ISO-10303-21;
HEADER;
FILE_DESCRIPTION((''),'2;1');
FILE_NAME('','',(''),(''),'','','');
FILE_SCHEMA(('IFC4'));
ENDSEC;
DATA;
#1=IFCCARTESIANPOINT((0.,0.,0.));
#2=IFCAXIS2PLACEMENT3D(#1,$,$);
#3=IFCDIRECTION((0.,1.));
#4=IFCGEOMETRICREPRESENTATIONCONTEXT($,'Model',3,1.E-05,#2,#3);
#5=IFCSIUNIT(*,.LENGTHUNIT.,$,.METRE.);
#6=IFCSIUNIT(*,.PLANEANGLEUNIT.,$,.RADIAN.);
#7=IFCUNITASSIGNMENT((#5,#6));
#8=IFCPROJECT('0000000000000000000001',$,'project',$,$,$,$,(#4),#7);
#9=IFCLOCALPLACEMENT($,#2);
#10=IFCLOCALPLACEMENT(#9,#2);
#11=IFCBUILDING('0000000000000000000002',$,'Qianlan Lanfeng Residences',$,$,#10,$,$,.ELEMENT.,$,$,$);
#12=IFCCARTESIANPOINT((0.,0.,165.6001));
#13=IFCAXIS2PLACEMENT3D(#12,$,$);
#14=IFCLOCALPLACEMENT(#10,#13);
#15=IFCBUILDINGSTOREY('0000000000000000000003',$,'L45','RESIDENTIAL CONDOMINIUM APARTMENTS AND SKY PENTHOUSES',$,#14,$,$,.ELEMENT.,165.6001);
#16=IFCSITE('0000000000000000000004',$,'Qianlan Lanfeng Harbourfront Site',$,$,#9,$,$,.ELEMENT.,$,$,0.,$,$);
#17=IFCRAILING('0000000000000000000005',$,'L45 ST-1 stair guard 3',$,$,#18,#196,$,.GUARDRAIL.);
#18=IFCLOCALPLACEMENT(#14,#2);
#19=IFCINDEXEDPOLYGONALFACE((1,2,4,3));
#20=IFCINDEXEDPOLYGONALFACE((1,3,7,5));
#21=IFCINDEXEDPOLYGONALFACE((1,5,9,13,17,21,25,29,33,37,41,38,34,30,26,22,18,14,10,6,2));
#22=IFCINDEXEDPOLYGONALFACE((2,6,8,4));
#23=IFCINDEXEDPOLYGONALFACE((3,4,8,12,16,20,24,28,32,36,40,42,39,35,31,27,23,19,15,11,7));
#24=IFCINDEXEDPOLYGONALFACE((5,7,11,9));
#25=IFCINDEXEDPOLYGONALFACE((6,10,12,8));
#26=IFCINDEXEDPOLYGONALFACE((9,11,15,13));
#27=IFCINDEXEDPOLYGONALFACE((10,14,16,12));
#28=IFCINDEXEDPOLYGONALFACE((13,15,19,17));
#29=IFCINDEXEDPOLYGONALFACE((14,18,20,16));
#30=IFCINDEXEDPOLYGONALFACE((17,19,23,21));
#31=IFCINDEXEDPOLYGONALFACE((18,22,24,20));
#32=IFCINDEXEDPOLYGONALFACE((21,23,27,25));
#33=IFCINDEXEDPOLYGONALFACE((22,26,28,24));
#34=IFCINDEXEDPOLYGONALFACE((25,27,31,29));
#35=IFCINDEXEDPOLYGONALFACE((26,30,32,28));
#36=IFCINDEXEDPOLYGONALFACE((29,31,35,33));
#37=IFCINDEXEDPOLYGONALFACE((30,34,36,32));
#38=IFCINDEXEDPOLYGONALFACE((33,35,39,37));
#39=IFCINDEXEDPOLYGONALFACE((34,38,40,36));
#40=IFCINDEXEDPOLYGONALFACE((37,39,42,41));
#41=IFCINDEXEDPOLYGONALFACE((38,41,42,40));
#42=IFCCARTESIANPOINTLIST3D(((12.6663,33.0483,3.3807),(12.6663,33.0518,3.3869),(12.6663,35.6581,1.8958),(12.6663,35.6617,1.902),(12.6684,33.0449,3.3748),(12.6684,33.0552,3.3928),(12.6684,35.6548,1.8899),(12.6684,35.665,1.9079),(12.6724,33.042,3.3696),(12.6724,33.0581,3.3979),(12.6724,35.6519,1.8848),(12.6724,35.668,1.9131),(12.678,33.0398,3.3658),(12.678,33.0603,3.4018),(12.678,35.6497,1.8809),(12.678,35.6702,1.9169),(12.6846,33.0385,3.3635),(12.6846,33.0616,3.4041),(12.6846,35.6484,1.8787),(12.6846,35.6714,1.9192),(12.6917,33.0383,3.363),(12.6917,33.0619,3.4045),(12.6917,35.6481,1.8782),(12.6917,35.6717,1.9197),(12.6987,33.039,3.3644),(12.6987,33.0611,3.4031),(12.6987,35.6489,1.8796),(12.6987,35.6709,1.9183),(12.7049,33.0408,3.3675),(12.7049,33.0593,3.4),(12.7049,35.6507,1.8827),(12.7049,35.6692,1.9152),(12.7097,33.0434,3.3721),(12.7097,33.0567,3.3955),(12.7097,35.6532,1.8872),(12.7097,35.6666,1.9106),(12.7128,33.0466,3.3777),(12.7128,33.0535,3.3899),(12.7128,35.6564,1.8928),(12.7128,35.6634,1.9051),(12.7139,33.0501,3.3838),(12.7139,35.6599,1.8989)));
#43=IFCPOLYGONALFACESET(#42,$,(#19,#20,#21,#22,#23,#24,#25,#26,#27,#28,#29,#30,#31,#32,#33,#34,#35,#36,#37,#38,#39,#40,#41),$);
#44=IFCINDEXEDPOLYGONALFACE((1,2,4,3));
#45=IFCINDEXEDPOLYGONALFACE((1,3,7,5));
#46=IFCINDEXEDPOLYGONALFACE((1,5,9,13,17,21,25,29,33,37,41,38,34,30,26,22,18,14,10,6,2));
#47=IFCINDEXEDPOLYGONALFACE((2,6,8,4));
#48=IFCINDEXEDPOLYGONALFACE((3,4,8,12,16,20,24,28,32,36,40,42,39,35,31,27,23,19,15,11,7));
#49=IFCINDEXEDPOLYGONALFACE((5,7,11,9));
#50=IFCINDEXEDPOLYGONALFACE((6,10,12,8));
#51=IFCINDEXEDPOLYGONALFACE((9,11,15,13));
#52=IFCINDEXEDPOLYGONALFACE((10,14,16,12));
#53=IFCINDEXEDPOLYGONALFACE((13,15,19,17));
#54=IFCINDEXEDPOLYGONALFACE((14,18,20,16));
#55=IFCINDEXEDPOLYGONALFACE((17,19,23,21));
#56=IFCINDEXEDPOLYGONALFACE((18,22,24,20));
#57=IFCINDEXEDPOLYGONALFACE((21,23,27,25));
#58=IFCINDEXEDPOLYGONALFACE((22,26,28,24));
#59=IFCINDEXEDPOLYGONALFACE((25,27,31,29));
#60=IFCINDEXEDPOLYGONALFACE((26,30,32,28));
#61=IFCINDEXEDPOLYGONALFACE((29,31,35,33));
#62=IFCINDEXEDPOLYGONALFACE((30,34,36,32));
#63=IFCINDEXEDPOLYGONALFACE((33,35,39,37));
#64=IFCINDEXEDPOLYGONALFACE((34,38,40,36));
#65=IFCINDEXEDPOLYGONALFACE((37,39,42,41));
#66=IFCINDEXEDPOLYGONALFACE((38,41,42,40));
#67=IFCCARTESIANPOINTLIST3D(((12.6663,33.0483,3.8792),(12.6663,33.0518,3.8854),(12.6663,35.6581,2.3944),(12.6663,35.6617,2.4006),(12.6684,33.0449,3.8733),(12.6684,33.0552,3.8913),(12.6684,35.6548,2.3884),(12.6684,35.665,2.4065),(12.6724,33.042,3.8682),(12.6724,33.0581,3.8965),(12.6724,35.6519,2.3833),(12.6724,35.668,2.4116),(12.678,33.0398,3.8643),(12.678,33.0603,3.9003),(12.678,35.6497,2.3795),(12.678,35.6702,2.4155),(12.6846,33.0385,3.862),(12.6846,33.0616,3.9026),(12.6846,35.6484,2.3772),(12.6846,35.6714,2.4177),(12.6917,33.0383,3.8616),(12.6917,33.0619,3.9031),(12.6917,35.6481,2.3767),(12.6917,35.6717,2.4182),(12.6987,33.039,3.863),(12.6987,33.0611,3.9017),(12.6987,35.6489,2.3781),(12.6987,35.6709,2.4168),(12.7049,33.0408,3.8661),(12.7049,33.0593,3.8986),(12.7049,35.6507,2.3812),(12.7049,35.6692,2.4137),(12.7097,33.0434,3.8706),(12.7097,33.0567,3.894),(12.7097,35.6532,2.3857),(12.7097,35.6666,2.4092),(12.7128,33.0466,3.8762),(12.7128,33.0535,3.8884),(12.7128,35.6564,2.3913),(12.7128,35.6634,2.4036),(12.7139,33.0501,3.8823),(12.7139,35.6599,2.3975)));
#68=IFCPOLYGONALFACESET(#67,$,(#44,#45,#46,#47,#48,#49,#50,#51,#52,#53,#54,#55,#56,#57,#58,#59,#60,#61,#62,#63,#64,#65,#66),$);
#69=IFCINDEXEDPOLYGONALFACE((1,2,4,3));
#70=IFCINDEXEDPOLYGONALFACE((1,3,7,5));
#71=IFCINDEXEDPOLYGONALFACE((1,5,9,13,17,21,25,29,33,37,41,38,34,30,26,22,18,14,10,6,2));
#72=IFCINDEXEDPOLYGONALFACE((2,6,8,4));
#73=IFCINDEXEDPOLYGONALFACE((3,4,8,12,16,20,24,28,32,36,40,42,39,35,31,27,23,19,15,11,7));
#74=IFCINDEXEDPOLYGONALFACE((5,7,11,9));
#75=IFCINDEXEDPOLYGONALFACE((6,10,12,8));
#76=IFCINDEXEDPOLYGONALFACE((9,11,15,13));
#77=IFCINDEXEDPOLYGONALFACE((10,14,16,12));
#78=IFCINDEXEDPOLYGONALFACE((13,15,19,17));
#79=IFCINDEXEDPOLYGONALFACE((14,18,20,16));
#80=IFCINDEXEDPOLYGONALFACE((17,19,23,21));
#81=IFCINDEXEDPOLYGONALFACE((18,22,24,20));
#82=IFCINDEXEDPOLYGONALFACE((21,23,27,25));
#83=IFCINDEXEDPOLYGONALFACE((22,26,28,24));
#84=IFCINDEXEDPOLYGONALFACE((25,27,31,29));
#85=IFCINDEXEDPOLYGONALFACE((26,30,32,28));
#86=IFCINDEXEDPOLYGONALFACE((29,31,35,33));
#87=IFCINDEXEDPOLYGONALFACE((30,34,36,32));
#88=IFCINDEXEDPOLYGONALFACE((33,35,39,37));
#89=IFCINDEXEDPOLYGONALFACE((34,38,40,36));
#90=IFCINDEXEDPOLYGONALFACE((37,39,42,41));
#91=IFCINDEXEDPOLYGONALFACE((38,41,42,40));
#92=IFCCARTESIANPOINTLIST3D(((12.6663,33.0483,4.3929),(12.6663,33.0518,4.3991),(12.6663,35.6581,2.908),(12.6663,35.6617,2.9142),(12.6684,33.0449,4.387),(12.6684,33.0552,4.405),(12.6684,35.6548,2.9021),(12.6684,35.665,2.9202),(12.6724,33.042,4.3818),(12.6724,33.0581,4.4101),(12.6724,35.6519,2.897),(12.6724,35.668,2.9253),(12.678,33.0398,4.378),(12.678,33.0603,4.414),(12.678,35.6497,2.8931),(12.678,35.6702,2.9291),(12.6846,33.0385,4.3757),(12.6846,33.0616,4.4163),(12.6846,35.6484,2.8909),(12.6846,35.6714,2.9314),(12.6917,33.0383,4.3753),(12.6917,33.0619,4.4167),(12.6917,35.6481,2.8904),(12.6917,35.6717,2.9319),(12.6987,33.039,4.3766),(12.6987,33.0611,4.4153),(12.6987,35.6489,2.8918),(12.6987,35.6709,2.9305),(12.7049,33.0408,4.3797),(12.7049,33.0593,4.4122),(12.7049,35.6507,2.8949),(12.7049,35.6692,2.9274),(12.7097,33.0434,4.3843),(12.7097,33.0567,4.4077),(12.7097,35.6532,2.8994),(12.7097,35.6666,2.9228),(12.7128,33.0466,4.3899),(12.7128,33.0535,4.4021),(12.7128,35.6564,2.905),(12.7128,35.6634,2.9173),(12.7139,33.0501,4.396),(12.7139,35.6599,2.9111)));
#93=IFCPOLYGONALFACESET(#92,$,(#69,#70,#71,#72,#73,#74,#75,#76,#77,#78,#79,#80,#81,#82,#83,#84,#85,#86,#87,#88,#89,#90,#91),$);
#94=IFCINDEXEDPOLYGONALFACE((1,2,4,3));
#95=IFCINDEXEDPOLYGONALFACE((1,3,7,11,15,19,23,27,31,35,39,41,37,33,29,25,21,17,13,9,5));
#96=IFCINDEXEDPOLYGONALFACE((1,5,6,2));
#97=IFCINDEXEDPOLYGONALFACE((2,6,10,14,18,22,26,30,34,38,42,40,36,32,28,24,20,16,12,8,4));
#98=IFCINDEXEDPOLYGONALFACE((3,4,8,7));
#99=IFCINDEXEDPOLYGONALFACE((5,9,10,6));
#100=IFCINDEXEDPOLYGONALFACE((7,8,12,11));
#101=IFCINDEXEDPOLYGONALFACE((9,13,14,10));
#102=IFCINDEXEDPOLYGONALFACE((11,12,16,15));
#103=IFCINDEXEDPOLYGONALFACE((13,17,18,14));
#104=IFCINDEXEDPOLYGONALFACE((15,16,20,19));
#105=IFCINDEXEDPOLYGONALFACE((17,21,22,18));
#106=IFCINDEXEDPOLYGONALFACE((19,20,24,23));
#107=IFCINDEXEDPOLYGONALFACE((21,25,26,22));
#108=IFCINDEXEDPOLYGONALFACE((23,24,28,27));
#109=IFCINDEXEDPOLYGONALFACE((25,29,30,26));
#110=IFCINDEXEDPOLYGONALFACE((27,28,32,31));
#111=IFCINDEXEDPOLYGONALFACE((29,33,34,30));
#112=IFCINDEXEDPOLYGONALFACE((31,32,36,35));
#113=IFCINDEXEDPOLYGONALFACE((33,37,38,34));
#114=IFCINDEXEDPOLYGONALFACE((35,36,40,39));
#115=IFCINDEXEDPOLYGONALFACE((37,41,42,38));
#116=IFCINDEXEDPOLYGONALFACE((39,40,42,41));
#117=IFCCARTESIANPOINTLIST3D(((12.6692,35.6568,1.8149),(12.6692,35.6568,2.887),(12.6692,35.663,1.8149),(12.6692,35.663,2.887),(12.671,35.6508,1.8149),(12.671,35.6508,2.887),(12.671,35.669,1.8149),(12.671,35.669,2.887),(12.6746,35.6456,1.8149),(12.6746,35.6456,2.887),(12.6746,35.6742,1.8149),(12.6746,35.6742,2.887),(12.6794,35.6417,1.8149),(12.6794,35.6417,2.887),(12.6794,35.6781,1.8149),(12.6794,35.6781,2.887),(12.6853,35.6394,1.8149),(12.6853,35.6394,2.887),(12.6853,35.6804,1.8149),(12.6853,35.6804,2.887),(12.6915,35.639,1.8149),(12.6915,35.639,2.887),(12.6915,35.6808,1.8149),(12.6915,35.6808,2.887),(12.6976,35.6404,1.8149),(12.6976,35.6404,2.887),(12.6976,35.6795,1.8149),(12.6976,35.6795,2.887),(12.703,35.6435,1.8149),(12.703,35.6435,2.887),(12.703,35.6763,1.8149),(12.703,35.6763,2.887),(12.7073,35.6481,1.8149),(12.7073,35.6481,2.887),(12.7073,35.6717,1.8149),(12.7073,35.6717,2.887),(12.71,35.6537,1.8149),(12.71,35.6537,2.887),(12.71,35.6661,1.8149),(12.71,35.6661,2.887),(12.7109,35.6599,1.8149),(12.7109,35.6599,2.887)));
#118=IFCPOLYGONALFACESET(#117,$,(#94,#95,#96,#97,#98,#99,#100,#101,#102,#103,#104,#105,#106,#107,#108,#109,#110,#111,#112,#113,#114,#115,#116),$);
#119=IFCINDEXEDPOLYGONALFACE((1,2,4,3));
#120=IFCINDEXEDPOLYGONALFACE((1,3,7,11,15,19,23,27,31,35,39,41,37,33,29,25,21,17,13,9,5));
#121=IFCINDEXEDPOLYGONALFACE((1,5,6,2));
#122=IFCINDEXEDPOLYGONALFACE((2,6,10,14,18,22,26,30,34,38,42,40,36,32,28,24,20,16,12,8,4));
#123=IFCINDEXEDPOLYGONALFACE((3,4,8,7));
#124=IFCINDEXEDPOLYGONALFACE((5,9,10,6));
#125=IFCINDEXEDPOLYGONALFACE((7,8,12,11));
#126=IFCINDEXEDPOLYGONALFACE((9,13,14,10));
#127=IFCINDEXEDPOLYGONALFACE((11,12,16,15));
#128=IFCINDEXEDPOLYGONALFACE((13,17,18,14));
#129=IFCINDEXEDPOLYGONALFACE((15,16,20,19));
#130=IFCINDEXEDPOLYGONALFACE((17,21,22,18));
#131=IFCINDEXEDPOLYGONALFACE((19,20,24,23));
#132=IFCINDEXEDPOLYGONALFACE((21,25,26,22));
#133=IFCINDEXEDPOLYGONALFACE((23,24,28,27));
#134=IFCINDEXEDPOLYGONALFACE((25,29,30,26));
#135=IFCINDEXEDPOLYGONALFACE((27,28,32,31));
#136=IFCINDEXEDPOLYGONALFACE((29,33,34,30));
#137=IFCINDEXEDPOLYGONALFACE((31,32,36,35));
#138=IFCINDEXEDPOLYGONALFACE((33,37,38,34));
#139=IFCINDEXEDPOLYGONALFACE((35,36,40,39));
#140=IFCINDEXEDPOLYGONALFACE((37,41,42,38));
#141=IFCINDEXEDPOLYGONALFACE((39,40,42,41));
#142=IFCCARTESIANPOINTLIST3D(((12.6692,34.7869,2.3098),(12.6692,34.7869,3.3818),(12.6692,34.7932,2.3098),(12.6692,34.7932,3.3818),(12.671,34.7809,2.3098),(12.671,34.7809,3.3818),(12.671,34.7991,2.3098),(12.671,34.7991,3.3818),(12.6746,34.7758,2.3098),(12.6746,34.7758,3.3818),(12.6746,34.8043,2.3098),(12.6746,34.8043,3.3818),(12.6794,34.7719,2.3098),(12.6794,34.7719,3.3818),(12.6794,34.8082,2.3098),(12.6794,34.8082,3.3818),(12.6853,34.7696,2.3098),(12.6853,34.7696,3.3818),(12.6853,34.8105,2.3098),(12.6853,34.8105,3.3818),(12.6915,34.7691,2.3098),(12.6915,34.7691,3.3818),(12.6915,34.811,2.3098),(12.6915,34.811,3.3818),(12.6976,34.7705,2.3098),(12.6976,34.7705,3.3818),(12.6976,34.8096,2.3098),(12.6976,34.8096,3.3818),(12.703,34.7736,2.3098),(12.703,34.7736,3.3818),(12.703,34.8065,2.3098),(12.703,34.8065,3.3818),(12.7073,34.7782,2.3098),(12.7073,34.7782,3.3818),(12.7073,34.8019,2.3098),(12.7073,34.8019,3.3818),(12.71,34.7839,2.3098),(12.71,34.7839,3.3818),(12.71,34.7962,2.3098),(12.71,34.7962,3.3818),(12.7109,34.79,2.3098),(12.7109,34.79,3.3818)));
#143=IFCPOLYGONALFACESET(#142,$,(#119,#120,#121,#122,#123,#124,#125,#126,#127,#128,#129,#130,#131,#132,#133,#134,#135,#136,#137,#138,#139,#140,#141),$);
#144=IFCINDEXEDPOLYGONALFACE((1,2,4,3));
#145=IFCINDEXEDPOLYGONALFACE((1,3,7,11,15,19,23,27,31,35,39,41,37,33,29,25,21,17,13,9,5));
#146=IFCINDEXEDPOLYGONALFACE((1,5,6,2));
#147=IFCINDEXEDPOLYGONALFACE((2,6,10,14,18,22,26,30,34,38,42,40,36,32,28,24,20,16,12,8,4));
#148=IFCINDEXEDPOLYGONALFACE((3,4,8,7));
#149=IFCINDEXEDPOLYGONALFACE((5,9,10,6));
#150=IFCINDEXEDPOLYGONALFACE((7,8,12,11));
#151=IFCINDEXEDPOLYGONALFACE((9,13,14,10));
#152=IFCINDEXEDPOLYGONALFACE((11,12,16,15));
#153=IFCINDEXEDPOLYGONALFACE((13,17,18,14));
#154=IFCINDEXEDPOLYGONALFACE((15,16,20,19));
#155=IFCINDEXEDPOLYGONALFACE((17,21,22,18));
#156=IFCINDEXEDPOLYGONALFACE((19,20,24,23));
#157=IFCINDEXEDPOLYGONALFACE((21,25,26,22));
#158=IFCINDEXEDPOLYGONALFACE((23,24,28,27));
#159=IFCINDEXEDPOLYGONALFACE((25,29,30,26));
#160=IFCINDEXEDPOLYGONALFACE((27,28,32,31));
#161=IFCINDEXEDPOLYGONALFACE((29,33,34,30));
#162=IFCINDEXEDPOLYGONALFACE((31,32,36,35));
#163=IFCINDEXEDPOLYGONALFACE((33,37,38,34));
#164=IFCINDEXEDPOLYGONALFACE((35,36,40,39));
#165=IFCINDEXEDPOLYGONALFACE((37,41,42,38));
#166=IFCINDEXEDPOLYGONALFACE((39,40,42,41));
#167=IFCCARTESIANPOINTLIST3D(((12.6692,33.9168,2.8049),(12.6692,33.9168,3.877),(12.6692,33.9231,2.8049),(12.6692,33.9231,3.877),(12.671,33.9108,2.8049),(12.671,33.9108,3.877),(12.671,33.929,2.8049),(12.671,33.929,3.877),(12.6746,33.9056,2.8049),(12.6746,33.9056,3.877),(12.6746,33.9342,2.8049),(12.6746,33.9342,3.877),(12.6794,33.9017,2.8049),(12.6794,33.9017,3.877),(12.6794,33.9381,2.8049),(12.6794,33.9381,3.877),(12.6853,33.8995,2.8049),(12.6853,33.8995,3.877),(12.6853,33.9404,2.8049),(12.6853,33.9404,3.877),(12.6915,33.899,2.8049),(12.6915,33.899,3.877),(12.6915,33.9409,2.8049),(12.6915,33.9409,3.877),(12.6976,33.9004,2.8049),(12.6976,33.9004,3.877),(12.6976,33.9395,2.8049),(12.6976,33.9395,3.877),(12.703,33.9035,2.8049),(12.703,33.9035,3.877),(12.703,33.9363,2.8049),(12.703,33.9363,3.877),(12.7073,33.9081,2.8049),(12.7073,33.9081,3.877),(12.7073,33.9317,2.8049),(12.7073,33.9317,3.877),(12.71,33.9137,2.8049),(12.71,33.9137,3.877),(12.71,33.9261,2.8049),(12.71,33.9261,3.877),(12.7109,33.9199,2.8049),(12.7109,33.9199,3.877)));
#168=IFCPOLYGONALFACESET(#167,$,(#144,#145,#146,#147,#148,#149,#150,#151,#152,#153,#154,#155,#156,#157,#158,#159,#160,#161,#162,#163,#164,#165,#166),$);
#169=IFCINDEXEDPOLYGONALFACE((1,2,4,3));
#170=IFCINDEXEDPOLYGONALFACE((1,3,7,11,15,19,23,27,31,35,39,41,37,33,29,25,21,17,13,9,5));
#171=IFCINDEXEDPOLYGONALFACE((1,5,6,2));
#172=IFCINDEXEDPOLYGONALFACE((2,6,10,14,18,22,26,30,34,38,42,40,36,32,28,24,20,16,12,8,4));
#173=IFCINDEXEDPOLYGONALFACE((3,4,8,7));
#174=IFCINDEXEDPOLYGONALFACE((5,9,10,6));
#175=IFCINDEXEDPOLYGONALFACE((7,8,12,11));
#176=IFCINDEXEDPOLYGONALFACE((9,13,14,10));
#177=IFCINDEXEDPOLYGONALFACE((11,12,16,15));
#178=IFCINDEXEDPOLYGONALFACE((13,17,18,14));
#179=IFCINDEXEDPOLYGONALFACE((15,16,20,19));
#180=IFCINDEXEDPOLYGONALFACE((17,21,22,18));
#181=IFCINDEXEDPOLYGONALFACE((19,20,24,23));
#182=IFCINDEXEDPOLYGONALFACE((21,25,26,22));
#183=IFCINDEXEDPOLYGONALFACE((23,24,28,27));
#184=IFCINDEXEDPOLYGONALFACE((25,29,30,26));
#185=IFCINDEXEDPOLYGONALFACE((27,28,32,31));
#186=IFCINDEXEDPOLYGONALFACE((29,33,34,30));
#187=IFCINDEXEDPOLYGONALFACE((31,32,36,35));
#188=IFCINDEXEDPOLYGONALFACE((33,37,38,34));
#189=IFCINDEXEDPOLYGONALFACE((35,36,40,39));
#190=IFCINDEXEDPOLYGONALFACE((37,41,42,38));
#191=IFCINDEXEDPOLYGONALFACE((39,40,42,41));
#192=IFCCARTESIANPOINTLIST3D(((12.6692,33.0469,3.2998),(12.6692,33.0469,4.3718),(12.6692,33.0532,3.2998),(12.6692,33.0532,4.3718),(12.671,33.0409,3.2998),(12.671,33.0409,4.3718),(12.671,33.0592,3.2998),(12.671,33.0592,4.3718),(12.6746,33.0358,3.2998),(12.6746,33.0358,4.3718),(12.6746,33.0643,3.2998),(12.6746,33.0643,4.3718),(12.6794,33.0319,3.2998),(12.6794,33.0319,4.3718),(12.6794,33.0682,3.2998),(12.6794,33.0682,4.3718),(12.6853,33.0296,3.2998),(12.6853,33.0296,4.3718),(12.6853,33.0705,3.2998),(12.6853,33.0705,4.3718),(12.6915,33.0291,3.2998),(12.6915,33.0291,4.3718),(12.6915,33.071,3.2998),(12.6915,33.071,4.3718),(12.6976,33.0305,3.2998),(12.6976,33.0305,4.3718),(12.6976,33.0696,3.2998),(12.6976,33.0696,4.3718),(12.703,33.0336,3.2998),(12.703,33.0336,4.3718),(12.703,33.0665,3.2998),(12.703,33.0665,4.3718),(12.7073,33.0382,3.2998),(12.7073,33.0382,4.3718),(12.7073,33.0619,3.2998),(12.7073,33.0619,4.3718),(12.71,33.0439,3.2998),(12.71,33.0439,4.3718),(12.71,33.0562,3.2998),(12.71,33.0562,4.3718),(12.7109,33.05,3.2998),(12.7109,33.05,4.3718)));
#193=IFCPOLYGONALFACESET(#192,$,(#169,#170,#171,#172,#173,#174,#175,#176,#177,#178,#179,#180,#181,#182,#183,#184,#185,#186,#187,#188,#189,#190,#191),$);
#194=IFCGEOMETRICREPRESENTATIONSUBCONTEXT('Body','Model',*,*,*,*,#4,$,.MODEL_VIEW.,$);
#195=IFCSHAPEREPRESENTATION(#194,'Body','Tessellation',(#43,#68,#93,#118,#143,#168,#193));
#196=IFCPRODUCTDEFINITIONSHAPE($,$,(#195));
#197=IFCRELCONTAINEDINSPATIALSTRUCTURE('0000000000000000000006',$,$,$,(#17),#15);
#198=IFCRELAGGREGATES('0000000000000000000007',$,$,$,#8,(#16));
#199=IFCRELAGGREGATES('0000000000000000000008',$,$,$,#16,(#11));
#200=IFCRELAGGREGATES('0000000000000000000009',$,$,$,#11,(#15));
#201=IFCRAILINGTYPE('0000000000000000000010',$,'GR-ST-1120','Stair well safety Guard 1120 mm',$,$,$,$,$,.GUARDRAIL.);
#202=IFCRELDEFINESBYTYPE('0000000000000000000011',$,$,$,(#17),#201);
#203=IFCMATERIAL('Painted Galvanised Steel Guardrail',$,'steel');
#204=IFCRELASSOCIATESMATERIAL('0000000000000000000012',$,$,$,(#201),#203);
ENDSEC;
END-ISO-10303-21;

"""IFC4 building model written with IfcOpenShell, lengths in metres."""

from ifc_helpers import new_model, si_unit, direction, frame, origin, origin_2d, place, context, subcontext, project, spatial, circle, extrude, material, type_object, element, save


model = new_model("IFC4")

# Units and contexts
model_context = context("Model", 3, precision=1e-05, world=origin(), true_north=direction((0.0, 1.0)))
body_context = subcontext(model_context, "Body", "Model", "MODEL_VIEW")
ifc_project = project(units=[si_unit("LENGTHUNIT", "METRE"), si_unit("PLANEANGLEUNIT", "RADIAN")], contexts=[model_context])

# Site, building, storey
site_placement = place(None, origin())
site = spatial("IfcSite", under=ifc_project, at=site_placement, Name="Qianlan Lanfeng Harbourfront Site", CompositionType="ELEMENT", RefElevation=0.0)
building_placement = place(site_placement, origin())
building = spatial("IfcBuilding", under=site, at=building_placement, Name="Qianlan Lanfeng Residences", CompositionType="ELEMENT")
storey_placement = place(building_placement, frame((0.0, 0.0, 165.6001)))
storey = spatial("IfcBuildingStorey", under=building, at=storey_placement, Name="L45", Description="RESIDENTIAL CONDOMINIUM APARTMENTS AND SKY PENTHOUSES", CompositionType="ELEMENT", Elevation=165.6001)

# Railing
ifc_material_1 = material(Name="Painted Galvanised Steel Guardrail", Category="steel")
railing_type_1 = type_object("IfcRailingType", Name="GR-ST-1120", Description="Stair well safety Guard 1120 mm", PredefinedType="GUARDRAIL", material=ifc_material_1)
railing_1_placement = place(storey_placement, frame((12.6899, 35.6599, 1.8149)))
element("IfcRailing", 1, at=railing_1_placement, inside=storey, type_object=railing_type_1, Name="L45 ST-1 stair guard 3", PredefinedType="GUARDRAIL", context=body_context, shape_type="SweptSolid", body=[
    extrude(circle(Radius=0.0239, at=origin_2d()), frame((0.0, 0.0, 0.084), z_axis=(0.0, -0.869172, 0.494509), x_axis=(1.0, 0.0, 0.0)), (0.0, 0.0, 1.0), 3.0027),
    extrude(circle(Radius=0.0239, at=origin_2d()), frame((0.0, 0.0, 0.5825), z_axis=(0.0, -0.869172, 0.494509), x_axis=(1.0, 0.0, 0.0)), (0.0, 0.0, 1.0), 3.0027),
    extrude(circle(Radius=0.0239, at=origin_2d()), frame((0.0, 0.0, 1.0962), z_axis=(0.0, -0.869172, 0.494509), x_axis=(1.0, 0.0, 0.0)), (0.0, 0.0, 1.0), 3.0027),
    extrude(circle(Radius=0.021, at=origin_2d()), origin(), (0.0, 0.0, 1.0), 1.072),
    extrude(circle(Radius=0.021, at=origin_2d()), frame((0.0, -0.8699, 0.4949)), (0.0, 0.0, 1.0), 1.072),
    extrude(circle(Radius=0.021, at=origin_2d()), frame((0.0, -1.74, 0.99)), (0.0, 0.0, 1.0), 1.072),
    extrude(circle(Radius=0.021, at=origin_2d()), frame((0.0, -2.6099, 1.4849)), (0.0, 0.0, 1.0), 1.072),
])

save(model, "model.ifc")
